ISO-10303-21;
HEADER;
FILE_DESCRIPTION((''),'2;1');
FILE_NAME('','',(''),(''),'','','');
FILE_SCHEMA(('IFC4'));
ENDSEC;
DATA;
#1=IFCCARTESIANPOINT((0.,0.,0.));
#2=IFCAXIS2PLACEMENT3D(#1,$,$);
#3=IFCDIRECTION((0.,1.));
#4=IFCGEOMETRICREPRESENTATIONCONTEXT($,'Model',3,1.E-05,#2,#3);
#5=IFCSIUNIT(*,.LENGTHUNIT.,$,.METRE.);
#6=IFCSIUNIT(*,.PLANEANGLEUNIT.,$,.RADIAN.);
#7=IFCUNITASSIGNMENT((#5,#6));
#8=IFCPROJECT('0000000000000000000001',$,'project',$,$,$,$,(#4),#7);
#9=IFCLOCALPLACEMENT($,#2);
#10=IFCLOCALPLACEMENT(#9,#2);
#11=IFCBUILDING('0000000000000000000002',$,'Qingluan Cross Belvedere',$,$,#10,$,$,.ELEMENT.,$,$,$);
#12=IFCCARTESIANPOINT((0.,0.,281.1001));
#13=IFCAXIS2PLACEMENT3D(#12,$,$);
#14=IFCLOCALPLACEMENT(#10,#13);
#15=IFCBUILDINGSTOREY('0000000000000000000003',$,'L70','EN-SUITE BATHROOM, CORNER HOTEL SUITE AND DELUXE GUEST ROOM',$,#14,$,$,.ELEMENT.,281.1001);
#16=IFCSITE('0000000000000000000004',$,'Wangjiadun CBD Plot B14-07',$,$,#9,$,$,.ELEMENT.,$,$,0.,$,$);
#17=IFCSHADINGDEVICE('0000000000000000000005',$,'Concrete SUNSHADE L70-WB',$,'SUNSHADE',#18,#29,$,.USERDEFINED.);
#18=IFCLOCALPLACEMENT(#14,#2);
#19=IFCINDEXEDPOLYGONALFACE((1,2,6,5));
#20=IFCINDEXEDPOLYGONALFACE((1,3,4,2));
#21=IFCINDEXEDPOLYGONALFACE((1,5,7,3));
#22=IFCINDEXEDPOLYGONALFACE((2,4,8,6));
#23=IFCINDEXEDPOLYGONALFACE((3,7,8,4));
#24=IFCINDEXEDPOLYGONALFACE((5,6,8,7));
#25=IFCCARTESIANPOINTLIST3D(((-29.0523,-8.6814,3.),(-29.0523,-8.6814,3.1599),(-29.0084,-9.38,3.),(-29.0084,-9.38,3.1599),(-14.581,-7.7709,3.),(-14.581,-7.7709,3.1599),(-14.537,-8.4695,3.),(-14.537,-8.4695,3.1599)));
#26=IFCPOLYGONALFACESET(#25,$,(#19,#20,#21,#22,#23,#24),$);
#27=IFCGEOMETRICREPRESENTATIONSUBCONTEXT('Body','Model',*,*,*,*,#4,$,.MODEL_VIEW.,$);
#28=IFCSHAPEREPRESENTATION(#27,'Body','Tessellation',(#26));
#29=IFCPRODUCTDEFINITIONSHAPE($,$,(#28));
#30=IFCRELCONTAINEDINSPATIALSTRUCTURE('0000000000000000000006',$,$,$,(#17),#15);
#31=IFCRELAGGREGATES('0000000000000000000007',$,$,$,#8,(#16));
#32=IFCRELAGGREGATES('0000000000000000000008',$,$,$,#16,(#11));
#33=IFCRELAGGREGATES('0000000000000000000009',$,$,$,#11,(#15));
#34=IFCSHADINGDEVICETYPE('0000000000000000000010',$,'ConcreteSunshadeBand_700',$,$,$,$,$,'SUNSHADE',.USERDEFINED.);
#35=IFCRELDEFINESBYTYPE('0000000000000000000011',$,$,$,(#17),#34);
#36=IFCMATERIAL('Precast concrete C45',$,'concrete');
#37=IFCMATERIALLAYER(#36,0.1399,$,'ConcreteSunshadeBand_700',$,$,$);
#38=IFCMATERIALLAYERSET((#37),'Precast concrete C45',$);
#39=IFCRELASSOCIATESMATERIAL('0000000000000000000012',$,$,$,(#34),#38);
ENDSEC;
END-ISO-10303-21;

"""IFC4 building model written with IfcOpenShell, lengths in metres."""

from ifc_helpers import new_model, si_unit, direction, frame, origin, origin_2d, place, context, subcontext, project, spatial, rectangle, extrude, material, layer, layer_set, type_object, element, save


model = new_model("IFC4")

# Units and contexts
model_context = context("Model", 3, precision=1e-05, world=origin(), true_north=direction((0.0, 1.0)))
body_context = subcontext(model_context, "Body", "Model", "MODEL_VIEW")
ifc_project = project(units=[si_unit("LENGTHUNIT", "METRE"), si_unit("PLANEANGLEUNIT", "RADIAN")], contexts=[model_context])

# Site, building, storey
site_placement = place(None, origin())
site = spatial("IfcSite", under=ifc_project, at=site_placement, Name="Wangjiadun CBD Plot B14-07", CompositionType="ELEMENT", RefElevation=0.0)
building_placement = place(site_placement, origin())
building = spatial("IfcBuilding", under=site, at=building_placement, Name="Qingluan Cross Belvedere", CompositionType="ELEMENT")
storey_placement = place(building_placement, frame((0.0, 0.0, 281.1001)))
storey = spatial("IfcBuildingStorey", under=building, at=storey_placement, Name="L70", Description="EN-SUITE BATHROOM, CORNER HOTEL SUITE AND DELUXE GUEST ROOM", CompositionType="ELEMENT", Elevation=281.1001)

# Shading device
ifc_material_1 = material(Name="Precast concrete C45", Category="concrete")
ifc_layer_1 = layer(ifc_material_1, 0.1399, Name="ConcreteSunshadeBand_700")
ifc_layer_set_1 = layer_set([ifc_layer_1], Name="Precast concrete C45")
shading_device_type = type_object("IfcShadingDeviceType", Name="ConcreteSunshadeBand_700", ElementType="SUNSHADE", PredefinedType="USERDEFINED", material=ifc_layer_set_1)
shading_device_placement = place(storey_placement, frame((-21.7947, -8.5754, 3.0), z_axis=(0.0, 0.0, 1.0), x_axis=(0.998026, 0.062796, 0.0)))
element("IfcShadingDevice", 1, at=shading_device_placement, inside=storey, type_object=shading_device_type, Name="Concrete SUNSHADE L70-WB", ObjectType="SUNSHADE", PredefinedType="USERDEFINED", context=body_context, shape_type="SweptSolid", body=[
    extrude(rectangle(XDim=14.5, YDim=0.7, at=origin_2d()), origin(), (0.0, 0.0, 1.0), 0.1599),
])

save(model, "model.ifc")
